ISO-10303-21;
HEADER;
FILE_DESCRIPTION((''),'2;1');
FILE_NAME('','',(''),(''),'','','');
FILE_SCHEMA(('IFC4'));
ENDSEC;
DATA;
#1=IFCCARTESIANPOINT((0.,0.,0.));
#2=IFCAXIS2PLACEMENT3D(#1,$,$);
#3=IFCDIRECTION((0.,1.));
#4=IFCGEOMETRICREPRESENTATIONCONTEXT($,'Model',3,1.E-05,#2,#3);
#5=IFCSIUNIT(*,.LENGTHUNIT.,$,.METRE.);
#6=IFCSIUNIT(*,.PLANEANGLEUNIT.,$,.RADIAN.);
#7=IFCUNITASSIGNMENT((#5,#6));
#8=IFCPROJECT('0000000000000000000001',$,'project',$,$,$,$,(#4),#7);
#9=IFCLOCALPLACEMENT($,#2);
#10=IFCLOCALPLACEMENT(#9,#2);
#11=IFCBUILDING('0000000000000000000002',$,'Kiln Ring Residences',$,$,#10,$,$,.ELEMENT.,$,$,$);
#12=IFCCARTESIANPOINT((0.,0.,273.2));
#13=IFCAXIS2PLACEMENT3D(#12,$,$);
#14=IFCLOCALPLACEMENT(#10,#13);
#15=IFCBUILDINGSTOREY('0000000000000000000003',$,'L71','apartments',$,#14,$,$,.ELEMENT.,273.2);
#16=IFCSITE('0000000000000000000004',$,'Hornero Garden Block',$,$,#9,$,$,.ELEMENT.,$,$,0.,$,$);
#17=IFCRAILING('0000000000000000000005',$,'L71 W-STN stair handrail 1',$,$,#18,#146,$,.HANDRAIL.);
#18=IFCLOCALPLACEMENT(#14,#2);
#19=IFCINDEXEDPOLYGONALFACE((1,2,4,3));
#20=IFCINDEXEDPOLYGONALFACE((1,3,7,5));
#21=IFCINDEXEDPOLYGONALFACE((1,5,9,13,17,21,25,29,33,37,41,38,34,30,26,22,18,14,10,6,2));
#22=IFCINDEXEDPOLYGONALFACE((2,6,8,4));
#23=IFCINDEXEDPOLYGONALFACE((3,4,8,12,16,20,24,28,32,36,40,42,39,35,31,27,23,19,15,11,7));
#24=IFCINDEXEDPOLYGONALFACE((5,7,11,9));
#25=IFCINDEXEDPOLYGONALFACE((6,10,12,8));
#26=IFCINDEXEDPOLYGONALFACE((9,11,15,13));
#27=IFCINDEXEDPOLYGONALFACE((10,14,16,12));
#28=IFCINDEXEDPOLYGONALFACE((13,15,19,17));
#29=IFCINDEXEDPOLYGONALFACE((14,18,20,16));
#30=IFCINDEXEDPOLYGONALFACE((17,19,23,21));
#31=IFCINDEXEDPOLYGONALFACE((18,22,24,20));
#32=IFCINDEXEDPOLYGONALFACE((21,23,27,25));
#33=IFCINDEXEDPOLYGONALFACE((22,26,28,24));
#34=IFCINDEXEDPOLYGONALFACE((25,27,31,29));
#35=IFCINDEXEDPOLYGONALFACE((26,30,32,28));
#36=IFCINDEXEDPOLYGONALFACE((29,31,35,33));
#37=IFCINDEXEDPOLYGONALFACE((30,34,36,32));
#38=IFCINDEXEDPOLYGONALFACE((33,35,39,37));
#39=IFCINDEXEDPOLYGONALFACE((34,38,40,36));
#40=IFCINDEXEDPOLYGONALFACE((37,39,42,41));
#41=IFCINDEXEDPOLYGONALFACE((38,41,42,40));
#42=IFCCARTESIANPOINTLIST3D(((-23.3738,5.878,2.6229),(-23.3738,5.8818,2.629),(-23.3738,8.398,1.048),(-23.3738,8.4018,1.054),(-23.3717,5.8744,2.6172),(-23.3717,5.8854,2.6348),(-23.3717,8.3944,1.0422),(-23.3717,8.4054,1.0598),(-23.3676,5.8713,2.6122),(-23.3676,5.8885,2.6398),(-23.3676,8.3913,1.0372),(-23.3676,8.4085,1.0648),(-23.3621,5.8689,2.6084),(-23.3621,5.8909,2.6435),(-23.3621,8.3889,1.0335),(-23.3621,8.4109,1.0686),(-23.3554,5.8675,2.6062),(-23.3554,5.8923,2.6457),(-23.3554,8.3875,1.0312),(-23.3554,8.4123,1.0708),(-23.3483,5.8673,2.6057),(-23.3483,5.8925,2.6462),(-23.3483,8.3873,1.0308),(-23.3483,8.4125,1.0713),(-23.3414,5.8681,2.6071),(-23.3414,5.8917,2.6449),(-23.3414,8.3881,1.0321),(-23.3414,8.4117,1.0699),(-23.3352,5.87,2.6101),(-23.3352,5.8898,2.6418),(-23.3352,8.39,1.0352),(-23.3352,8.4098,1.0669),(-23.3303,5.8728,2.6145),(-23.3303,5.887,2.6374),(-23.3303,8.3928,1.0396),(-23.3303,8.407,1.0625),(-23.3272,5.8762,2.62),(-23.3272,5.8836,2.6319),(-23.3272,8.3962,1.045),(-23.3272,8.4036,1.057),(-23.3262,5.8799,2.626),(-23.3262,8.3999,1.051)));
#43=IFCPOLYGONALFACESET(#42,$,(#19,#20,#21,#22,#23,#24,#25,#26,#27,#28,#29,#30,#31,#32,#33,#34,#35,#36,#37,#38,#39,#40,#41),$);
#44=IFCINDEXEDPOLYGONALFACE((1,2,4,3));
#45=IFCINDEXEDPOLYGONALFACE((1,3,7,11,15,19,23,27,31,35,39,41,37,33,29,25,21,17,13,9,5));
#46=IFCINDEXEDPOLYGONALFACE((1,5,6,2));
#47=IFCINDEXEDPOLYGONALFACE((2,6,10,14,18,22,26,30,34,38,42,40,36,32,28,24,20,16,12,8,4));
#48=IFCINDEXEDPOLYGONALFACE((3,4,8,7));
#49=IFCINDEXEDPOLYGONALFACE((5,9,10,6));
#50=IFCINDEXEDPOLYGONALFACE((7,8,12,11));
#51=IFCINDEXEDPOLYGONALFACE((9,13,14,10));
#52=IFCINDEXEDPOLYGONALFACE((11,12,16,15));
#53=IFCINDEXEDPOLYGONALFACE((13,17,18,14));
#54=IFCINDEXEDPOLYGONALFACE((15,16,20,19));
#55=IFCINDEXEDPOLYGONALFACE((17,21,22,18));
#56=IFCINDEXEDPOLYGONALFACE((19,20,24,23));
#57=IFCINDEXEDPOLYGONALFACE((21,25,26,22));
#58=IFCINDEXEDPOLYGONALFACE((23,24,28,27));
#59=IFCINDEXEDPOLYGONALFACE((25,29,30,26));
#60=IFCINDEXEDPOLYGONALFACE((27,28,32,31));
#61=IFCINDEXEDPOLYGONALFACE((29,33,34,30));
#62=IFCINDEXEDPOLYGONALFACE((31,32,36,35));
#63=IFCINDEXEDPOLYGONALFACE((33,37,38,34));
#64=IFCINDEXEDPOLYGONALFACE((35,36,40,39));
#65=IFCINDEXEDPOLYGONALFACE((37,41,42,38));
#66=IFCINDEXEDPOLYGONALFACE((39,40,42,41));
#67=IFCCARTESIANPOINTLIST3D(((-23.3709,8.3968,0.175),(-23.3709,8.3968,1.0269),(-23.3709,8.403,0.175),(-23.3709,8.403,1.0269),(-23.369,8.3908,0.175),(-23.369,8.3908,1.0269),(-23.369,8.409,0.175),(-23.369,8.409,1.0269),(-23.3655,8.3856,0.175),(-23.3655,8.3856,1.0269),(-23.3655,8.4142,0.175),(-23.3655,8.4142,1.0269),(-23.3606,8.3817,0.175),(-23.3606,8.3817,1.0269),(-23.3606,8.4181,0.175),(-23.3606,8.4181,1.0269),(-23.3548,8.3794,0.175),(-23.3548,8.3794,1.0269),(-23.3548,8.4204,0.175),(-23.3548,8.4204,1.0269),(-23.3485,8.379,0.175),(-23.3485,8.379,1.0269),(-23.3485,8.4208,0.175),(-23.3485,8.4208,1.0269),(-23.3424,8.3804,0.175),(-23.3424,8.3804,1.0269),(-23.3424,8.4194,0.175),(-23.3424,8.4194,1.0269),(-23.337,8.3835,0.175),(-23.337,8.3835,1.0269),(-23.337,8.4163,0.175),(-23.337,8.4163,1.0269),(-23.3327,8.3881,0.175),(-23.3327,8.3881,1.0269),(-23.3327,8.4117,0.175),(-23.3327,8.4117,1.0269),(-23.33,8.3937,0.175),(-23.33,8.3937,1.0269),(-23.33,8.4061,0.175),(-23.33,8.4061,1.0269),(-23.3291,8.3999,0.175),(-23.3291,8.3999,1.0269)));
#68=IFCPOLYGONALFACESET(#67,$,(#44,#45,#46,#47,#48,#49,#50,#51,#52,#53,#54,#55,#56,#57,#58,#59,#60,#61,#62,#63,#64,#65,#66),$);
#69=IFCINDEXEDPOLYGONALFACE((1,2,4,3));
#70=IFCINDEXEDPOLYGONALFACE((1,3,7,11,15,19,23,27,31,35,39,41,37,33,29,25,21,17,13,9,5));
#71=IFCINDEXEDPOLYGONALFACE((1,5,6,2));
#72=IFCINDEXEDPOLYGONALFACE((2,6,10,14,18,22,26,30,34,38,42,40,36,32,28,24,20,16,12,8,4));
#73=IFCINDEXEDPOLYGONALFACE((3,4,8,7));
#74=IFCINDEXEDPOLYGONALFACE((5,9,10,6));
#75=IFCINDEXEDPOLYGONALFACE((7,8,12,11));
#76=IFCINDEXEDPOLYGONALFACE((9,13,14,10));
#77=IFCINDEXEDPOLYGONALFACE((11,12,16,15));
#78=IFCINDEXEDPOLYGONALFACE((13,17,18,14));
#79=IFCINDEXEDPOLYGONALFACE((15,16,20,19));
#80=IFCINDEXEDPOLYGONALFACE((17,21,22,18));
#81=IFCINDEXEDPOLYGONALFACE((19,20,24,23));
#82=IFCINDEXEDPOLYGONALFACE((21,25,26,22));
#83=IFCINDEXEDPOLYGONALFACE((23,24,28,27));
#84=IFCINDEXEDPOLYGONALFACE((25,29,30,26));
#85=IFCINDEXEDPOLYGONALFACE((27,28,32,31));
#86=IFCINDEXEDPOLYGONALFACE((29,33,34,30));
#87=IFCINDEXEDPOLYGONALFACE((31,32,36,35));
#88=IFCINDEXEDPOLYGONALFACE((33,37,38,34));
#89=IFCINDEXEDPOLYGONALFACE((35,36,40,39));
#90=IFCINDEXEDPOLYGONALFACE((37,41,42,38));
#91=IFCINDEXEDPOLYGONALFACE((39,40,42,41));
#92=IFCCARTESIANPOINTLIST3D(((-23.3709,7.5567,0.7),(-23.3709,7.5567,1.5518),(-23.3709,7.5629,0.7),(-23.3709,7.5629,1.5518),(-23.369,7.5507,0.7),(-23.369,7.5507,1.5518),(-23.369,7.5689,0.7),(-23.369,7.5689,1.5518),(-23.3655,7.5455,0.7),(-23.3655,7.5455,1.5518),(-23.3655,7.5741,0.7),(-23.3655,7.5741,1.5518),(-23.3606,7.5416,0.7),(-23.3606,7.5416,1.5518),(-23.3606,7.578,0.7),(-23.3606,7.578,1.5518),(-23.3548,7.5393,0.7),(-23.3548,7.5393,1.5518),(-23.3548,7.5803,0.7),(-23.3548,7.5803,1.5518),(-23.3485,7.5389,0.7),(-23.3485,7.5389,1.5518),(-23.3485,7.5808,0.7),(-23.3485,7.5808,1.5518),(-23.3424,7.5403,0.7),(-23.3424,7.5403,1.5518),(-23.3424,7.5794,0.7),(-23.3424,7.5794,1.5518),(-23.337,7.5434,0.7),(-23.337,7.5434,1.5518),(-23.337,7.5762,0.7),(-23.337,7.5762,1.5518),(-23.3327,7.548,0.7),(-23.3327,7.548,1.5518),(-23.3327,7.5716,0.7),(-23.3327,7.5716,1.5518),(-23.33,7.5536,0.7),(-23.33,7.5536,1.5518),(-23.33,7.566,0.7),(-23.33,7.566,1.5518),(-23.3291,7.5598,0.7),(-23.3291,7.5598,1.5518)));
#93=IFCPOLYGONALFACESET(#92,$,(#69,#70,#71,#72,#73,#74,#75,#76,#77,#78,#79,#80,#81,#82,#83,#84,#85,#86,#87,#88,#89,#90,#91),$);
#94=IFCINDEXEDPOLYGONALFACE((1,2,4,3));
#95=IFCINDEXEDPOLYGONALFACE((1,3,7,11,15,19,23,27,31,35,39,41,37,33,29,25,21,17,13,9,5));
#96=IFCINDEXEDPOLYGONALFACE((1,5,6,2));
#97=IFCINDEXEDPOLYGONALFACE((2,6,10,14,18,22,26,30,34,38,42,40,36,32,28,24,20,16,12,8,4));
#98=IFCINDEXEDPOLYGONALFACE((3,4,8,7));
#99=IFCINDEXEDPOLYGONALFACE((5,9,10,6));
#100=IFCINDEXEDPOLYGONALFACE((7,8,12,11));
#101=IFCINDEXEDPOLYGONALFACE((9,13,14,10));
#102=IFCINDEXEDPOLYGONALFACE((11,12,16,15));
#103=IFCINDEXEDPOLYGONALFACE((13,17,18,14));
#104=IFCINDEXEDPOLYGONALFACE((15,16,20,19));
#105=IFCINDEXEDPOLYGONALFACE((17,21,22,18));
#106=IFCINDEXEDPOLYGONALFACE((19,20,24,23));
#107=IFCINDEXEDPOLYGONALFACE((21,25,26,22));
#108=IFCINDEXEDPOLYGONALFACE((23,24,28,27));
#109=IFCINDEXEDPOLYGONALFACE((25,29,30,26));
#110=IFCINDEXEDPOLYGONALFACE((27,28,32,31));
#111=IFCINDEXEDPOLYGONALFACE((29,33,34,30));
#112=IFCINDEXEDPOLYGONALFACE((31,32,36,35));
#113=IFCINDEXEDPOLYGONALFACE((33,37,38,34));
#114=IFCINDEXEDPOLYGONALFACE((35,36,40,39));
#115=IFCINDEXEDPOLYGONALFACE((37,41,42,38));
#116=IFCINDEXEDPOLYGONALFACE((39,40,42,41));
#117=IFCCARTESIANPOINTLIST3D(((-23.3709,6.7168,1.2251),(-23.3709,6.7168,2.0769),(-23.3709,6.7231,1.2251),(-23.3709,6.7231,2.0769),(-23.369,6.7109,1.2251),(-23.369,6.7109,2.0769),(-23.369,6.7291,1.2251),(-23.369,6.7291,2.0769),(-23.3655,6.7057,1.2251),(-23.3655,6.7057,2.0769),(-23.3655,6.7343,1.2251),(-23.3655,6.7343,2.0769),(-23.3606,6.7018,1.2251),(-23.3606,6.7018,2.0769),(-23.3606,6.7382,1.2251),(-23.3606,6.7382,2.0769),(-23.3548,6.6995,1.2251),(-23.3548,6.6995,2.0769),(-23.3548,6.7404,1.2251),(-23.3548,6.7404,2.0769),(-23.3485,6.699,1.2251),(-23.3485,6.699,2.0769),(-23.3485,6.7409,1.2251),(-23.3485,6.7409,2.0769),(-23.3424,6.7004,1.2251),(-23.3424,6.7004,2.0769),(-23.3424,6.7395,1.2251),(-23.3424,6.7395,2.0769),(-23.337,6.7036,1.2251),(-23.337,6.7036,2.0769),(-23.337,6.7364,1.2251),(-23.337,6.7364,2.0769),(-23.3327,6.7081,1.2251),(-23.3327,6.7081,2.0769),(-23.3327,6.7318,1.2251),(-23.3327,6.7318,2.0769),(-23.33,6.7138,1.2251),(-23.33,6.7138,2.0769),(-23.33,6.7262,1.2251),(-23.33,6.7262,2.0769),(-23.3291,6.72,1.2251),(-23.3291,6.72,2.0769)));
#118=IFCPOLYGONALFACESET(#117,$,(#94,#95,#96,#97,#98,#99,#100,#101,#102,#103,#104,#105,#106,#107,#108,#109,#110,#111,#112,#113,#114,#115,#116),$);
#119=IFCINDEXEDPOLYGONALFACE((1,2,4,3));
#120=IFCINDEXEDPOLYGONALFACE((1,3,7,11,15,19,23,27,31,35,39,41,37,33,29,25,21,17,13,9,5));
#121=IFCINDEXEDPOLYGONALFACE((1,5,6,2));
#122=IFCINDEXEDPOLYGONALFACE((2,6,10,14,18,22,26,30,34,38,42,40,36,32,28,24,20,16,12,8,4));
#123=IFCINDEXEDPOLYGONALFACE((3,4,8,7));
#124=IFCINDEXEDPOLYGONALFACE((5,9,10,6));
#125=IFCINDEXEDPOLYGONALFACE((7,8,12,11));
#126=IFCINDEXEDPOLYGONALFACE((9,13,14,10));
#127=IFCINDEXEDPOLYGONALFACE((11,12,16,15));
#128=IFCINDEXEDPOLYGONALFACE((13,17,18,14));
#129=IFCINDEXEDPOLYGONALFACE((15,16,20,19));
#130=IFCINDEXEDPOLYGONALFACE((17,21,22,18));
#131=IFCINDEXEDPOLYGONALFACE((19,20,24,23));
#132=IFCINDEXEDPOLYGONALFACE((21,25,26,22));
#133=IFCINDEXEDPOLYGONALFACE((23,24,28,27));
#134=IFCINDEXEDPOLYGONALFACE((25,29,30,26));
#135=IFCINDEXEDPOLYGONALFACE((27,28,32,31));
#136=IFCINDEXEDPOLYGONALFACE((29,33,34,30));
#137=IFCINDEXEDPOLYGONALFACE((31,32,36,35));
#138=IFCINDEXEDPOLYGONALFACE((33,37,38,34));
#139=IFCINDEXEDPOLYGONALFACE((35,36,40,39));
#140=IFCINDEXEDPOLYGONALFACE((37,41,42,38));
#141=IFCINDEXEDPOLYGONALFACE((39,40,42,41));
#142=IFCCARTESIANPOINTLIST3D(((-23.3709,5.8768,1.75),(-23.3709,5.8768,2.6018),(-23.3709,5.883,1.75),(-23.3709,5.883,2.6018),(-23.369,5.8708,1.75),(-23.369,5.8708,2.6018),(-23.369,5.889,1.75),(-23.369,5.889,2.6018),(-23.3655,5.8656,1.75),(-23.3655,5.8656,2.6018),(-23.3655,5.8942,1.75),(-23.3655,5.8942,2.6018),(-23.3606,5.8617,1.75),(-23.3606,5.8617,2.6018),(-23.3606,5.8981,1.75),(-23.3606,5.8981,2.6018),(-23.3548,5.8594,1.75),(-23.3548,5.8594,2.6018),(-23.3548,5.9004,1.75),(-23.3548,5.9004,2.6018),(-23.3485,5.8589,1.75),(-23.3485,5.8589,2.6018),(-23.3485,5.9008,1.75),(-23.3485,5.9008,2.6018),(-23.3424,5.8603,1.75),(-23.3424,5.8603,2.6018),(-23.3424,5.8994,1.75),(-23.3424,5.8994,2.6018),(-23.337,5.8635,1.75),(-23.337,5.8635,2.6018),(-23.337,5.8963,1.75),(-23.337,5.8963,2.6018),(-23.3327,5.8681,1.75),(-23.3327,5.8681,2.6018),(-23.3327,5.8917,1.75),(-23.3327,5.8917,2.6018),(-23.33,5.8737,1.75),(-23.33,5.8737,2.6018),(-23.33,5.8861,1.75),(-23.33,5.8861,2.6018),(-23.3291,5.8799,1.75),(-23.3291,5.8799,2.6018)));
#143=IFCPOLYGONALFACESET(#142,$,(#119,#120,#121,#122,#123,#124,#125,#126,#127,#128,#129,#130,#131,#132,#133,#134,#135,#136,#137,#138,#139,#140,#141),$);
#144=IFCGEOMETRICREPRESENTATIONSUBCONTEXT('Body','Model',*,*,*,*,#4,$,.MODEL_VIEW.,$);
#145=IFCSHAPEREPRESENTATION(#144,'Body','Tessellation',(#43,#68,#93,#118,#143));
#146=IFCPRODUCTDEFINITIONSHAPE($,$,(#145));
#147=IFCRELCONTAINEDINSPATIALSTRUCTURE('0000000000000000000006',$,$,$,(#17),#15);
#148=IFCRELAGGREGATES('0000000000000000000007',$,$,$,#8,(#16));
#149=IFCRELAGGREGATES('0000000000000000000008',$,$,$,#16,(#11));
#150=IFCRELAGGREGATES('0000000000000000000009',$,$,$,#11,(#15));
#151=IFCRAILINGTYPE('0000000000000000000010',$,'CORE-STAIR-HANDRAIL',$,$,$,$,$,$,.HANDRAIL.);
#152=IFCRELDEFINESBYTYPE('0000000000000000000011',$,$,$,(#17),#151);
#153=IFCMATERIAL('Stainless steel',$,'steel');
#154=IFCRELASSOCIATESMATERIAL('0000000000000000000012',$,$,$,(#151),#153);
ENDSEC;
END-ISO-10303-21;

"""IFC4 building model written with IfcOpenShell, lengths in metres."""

from ifc_helpers import new_model, si_unit, direction, frame, origin, origin_2d, place, context, subcontext, project, spatial, circle, extrude, material, type_object, element, save


model = new_model("IFC4")

# Units and contexts
model_context = context("Model", 3, precision=1e-05, world=origin(), true_north=direction((0.0, 1.0)))
body_context = subcontext(model_context, "Body", "Model", "MODEL_VIEW")
ifc_project = project(units=[si_unit("LENGTHUNIT", "METRE"), si_unit("PLANEANGLEUNIT", "RADIAN")], contexts=[model_context])

# Site, building, storey
site_placement = place(None, origin())
site = spatial("IfcSite", under=ifc_project, at=site_placement, Name="Hornero Garden Block", CompositionType="ELEMENT", RefElevation=0.0)
building_placement = place(site_placement, origin())
building = spatial("IfcBuilding", under=site, at=building_placement, Name="Kiln Ring Residences", CompositionType="ELEMENT")
storey_placement = place(building_placement, frame((0.0, 0.0, 273.2)))
storey = spatial("IfcBuildingStorey", under=building, at=storey_placement, Name="L71", Description="apartments", CompositionType="ELEMENT", Elevation=273.2)

# Railing
ifc_material_1 = material(Name="Stainless steel", Category="steel")
railing_type_1 = type_object("IfcRailingType", Name="CORE-STAIR-HANDRAIL", PredefinedType="HANDRAIL", material=ifc_material_1)
railing_1_placement = place(storey_placement, frame((-23.3501, 8.3999, 0.175)))
element("IfcRailing", 1, at=railing_1_placement, inside=storey, type_object=railing_type_1, Name="L71 W-STN stair handrail 1", PredefinedType="HANDRAIL", context=body_context, shape_type="SweptSolid", body=[
    extrude(circle(Radius=0.0239, at=origin_2d()), frame((0.0, 0.0, 0.876), z_axis=(0.0, -0.848008, 0.529984), x_axis=(1.0, 0.0, 0.0)), (0.0, 0.0, 1.0), 2.9717),
    extrude(circle(Radius=0.021, at=origin_2d()), origin(), (0.0, 0.0, 1.0), 0.8518),
    extrude(circle(Radius=0.021, at=origin_2d()), frame((0.0, -0.8401, 0.5249)), (0.0, 0.0, 1.0), 0.8518),
    extrude(circle(Radius=0.021, at=origin_2d()), frame((0.0, -1.6799, 1.05)), (0.0, 0.0, 1.0), 0.8518),
    extrude(circle(Radius=0.021, at=origin_2d()), frame((0.0, -2.52, 1.575)), (0.0, 0.0, 1.0), 0.8518),
])

save(model, "model.ifc")
